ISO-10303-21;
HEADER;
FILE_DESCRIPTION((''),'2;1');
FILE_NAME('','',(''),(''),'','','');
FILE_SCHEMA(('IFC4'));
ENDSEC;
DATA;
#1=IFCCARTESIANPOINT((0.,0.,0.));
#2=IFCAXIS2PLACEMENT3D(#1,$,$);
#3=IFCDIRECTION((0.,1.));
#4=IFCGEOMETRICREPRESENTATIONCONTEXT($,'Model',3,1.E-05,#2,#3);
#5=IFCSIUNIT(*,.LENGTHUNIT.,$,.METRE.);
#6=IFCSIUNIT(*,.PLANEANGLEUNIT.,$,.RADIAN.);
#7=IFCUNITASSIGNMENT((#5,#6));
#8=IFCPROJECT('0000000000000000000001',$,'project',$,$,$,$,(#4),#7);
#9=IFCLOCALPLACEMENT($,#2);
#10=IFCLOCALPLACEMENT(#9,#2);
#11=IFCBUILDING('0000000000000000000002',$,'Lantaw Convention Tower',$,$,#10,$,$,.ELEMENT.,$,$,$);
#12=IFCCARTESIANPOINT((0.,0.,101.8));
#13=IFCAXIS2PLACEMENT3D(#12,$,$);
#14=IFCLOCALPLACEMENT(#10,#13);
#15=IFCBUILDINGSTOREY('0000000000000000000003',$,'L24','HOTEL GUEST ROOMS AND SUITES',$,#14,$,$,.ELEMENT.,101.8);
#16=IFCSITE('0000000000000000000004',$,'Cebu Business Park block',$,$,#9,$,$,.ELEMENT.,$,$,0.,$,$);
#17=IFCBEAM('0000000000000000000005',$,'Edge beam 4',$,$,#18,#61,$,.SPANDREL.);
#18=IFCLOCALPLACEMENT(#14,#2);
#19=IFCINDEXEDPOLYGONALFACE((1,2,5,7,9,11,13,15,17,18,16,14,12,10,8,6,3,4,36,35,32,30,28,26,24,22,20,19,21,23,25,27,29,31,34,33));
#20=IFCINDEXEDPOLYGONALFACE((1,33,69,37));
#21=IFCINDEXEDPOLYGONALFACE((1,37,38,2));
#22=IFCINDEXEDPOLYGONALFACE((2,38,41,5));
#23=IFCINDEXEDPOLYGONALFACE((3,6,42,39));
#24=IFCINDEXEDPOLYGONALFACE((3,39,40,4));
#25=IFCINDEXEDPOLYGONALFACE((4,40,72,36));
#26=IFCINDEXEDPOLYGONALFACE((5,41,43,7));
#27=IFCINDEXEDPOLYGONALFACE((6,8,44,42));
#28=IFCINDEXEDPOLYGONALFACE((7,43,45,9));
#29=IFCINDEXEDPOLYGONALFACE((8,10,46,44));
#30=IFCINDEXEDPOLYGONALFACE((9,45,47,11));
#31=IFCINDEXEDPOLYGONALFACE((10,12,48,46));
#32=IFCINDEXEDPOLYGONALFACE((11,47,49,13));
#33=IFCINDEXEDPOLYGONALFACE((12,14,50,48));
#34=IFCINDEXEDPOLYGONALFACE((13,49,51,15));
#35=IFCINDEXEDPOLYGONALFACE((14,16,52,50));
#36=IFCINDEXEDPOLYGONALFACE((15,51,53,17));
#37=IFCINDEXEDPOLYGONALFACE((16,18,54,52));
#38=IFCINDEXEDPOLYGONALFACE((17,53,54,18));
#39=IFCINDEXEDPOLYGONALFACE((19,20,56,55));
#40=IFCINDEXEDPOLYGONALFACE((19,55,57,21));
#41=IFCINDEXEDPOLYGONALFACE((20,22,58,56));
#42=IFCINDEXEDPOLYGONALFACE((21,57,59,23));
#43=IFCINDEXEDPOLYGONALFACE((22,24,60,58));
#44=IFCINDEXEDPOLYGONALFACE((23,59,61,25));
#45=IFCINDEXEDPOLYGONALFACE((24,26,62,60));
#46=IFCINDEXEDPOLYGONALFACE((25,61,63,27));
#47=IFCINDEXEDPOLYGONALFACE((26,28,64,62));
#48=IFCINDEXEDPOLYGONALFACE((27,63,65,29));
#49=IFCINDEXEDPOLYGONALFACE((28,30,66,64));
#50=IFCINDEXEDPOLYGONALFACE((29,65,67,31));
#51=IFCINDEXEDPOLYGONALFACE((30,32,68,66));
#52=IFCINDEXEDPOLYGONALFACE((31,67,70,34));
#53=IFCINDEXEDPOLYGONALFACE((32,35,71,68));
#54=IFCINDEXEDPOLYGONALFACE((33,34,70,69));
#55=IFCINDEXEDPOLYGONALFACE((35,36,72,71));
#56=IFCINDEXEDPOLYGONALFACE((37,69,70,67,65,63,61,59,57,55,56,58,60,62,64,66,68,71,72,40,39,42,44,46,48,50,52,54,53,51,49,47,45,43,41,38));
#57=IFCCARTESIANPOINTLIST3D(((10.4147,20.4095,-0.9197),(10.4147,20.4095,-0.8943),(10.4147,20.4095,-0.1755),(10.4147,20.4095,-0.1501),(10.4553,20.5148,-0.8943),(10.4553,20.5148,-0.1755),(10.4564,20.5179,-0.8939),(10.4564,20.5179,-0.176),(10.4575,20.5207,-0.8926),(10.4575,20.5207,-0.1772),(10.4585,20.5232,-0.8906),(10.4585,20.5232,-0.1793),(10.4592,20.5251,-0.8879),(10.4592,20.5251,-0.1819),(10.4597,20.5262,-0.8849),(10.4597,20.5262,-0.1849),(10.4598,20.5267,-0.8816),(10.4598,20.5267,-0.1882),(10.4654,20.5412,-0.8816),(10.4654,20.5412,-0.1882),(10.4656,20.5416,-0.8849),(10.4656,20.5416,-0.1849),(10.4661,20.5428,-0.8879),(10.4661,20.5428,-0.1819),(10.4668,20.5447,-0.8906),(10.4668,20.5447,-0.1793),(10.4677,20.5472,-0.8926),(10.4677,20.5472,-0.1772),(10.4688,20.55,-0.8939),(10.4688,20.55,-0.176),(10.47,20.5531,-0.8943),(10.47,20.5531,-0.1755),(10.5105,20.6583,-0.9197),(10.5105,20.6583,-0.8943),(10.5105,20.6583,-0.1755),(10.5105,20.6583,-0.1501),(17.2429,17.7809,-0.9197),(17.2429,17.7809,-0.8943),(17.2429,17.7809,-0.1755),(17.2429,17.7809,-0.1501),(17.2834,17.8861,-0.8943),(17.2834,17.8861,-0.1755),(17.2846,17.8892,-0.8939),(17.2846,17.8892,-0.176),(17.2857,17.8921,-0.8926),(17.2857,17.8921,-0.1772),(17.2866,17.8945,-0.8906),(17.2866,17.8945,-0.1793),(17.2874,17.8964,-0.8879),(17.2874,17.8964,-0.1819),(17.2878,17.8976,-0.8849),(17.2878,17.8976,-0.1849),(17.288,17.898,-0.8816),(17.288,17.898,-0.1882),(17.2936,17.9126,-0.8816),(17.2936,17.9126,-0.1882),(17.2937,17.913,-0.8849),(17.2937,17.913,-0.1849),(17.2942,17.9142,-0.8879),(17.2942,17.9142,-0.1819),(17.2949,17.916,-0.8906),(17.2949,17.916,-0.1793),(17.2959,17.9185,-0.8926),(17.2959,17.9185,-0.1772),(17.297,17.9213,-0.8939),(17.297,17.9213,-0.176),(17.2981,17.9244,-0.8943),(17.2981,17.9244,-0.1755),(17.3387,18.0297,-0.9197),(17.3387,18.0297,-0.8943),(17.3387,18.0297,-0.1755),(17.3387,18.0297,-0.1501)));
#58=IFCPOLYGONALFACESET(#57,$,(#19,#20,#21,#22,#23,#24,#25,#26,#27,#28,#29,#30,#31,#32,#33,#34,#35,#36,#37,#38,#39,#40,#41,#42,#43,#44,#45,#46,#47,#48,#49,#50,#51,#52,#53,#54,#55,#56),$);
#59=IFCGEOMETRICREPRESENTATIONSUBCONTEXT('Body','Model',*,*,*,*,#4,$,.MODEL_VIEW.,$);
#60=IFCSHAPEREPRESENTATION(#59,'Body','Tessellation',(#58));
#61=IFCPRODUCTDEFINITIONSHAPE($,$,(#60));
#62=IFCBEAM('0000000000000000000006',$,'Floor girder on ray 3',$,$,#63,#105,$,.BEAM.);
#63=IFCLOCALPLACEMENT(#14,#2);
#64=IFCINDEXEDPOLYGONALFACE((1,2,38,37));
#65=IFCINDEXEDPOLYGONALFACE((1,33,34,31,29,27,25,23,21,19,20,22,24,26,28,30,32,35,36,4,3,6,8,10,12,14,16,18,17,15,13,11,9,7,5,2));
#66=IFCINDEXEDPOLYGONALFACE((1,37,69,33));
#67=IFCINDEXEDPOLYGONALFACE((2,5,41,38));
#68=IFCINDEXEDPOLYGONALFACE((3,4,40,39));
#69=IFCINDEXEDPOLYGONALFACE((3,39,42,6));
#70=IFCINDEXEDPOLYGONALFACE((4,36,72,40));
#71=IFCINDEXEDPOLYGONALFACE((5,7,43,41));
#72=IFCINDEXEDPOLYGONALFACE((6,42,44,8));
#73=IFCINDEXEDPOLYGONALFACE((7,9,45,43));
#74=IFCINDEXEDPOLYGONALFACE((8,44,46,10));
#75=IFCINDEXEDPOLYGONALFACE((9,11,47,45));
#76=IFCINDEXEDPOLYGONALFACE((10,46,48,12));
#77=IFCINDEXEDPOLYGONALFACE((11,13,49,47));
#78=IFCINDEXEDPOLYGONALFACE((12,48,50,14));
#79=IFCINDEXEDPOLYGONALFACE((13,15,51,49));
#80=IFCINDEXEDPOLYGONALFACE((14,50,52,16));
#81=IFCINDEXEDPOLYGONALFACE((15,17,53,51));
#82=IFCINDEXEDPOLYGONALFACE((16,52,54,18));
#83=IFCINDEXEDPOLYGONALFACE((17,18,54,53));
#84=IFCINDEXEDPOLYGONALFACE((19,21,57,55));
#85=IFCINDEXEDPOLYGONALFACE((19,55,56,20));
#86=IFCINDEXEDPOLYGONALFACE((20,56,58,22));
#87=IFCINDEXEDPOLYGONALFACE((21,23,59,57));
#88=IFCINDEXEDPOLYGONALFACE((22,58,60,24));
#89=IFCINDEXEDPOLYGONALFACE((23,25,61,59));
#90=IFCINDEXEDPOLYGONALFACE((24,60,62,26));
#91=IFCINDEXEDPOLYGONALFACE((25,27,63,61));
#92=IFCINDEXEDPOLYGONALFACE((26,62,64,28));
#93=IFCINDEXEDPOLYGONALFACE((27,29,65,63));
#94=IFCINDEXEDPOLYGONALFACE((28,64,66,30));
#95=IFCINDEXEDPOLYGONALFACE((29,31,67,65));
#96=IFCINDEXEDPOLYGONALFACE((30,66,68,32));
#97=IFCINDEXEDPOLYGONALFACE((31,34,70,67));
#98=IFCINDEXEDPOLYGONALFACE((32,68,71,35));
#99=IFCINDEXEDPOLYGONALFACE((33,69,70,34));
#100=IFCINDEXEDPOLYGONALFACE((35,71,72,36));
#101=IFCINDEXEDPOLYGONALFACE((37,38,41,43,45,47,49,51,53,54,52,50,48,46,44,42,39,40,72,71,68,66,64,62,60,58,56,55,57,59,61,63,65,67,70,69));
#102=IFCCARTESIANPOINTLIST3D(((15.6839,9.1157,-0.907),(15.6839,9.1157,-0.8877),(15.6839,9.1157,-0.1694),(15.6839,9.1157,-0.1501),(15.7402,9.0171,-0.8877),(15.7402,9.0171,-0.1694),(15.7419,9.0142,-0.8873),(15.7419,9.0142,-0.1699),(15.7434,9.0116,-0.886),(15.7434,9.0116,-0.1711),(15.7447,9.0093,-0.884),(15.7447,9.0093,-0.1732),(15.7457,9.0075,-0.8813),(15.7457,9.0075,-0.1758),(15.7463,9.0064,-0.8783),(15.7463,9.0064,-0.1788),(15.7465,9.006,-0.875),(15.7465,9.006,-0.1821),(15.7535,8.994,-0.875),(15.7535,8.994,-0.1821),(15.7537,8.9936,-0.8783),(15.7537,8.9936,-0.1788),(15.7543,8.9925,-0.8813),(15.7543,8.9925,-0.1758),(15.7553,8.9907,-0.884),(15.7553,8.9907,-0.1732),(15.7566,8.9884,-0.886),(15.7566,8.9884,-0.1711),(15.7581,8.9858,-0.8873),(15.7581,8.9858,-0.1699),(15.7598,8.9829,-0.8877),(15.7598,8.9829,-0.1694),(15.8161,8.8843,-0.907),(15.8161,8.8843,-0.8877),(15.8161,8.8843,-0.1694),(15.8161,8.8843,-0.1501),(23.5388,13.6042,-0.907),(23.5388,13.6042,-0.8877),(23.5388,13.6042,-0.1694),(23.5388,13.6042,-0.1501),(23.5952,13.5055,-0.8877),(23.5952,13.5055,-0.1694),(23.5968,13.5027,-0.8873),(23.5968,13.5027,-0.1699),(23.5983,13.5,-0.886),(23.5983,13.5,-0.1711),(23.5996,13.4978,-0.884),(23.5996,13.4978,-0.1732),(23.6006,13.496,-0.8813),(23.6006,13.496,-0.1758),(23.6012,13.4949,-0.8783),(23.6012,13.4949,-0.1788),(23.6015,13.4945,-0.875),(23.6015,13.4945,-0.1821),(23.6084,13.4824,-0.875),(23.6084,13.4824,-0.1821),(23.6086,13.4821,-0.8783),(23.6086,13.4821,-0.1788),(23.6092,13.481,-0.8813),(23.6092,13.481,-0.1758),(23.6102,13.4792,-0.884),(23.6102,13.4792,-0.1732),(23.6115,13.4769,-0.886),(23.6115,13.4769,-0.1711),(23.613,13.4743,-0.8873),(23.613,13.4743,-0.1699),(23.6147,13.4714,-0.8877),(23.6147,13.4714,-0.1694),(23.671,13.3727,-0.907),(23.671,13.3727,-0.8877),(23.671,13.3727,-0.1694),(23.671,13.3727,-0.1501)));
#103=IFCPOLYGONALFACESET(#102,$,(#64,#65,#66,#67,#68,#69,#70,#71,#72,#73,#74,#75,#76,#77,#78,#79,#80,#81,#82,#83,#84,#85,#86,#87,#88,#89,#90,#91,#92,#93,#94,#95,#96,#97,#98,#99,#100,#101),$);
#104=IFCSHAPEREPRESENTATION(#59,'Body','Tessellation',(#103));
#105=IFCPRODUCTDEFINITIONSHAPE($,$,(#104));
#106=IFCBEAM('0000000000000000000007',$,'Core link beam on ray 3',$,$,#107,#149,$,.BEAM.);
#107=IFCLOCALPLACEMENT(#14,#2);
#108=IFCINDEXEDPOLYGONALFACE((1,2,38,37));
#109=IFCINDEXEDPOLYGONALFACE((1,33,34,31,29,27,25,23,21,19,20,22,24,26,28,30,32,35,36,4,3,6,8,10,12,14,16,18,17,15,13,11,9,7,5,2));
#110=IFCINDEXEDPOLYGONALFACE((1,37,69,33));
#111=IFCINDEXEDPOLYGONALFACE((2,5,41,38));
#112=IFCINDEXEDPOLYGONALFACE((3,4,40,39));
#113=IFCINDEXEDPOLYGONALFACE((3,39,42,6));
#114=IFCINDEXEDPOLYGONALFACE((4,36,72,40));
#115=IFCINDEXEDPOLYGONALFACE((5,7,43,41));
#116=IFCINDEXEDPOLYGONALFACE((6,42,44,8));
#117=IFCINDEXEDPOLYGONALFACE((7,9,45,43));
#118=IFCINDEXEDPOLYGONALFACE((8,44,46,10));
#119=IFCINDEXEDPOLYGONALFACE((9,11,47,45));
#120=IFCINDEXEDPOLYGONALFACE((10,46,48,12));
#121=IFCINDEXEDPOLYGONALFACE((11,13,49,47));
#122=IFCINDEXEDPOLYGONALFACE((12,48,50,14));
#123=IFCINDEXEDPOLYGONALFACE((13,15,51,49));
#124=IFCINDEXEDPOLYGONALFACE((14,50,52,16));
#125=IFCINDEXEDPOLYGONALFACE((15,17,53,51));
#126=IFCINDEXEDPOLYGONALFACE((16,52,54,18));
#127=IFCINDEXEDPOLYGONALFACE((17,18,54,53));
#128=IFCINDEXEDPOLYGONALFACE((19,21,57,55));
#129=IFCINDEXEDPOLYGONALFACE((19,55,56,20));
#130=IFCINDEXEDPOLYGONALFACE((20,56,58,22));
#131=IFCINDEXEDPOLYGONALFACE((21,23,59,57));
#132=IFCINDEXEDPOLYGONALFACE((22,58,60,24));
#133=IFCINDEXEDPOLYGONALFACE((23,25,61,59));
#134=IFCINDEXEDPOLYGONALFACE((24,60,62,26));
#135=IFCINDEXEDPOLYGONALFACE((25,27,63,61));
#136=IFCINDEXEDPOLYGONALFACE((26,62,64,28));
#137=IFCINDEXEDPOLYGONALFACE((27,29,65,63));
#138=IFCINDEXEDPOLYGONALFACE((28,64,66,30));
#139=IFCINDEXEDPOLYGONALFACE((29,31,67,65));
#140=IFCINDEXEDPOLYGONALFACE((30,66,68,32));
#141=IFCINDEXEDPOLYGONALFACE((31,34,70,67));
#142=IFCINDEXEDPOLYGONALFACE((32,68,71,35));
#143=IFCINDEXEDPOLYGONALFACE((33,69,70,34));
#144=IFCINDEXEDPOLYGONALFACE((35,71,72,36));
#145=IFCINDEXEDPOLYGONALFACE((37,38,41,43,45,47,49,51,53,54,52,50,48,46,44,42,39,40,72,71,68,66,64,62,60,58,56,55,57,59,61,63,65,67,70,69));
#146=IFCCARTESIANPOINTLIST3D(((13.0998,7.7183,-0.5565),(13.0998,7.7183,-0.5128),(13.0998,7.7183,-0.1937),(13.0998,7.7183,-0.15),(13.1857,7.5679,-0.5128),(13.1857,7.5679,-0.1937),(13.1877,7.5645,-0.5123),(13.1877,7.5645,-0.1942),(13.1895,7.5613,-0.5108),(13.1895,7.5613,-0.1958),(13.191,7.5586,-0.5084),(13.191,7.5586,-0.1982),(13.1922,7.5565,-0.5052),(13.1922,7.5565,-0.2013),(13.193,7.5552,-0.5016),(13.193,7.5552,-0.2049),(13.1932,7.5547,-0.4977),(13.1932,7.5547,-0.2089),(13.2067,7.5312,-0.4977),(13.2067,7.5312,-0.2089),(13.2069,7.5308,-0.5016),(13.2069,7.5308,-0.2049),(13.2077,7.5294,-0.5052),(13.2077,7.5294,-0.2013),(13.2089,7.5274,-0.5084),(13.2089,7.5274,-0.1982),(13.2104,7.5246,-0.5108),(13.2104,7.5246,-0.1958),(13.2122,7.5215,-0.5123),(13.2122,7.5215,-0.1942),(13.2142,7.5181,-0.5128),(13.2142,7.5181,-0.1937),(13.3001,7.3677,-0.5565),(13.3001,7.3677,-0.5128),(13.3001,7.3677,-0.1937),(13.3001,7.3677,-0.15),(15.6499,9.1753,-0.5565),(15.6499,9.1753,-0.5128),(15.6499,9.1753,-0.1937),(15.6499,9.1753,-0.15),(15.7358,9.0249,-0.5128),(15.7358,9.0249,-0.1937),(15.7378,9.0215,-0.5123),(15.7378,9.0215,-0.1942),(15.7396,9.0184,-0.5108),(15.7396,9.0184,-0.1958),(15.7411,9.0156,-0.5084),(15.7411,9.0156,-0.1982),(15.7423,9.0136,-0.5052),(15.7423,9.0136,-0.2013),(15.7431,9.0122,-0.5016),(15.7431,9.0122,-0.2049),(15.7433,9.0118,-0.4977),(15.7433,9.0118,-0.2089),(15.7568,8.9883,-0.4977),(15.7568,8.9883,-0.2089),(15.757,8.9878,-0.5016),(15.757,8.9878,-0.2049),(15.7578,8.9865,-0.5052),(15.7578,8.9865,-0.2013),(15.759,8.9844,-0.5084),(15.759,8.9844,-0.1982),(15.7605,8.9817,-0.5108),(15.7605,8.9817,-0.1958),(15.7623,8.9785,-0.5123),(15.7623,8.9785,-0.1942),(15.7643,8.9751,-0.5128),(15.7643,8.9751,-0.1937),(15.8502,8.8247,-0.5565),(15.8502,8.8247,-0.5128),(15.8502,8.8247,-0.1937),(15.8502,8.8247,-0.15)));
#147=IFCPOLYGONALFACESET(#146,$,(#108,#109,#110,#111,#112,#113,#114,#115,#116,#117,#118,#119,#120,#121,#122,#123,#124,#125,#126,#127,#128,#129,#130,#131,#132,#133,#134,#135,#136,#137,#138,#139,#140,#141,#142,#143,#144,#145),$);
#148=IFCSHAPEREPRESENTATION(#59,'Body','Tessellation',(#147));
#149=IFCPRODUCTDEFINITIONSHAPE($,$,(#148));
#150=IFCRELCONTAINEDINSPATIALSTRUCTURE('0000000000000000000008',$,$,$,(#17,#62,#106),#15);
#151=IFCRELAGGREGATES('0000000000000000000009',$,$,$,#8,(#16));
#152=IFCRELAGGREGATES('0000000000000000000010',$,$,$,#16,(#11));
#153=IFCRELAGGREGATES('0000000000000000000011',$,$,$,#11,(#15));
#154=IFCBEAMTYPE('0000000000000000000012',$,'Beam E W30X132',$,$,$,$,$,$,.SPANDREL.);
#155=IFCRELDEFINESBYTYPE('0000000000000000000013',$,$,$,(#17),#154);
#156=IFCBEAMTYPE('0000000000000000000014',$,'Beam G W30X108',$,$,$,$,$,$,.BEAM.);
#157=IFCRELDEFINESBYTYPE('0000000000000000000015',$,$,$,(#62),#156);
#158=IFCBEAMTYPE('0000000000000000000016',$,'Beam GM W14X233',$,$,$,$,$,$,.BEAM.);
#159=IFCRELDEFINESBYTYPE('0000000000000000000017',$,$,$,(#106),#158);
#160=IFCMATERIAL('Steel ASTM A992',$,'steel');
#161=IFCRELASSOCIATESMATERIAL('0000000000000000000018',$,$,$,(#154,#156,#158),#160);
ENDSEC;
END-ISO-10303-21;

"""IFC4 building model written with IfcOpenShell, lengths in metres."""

from ifc_helpers import new_model, si_unit, direction, frame, origin, origin_2d, place, context, subcontext, project, spatial, i_section, extrude, material, material_profile, profile_set, type_object, element, save


model = new_model("IFC4")

# Units and contexts
model_context = context("Model", 3, precision=1e-05, world=origin(), true_north=direction((0.0, 1.0)))
body_context = subcontext(model_context, "Body", "Model", "MODEL_VIEW")
ifc_project = project(units=[si_unit("LENGTHUNIT", "METRE"), si_unit("PLANEANGLEUNIT", "RADIAN")], contexts=[model_context])

# Site, building, storey
site_placement = place(None, origin())
site = spatial("IfcSite", under=ifc_project, at=site_placement, Name="Cebu Business Park block", CompositionType="ELEMENT", RefElevation=0.0)
building_placement = place(site_placement, origin())
building = spatial("IfcBuilding", under=site, at=building_placement, Name="Lantaw Convention Tower", CompositionType="ELEMENT")
storey_placement = place(building_placement, frame((0.0, 0.0, 101.8)))
storey = spatial("IfcBuildingStorey", under=building, at=storey_placement, Name="L24", Description="HOTEL GUEST ROOMS AND SUITES", CompositionType="ELEMENT", Elevation=101.8)

# Beams
ifc_material_1 = material(Name="Steel ASTM A992", Category="steel")
ifc_material_profile_1 = material_profile(ifc_material_1, i_section(OverallWidth=0.2666, OverallDepth=0.7695, WebThickness=0.0156, FlangeThickness=0.0254, FilletRadius=0.0127, at=origin_2d()), Name="W30X132")
ifc_profile_set_1 = profile_set([ifc_material_profile_1], Name="Steel ASTM A992")
beam_type_1 = type_object("IfcBeamType", Name="Beam E W30X132", PredefinedType="SPANDREL", material=ifc_profile_set_1)
beam_1_placement = place(storey_placement, frame((17.2908, 17.9053, -0.5349), z_axis=(-0.933233, 0.359272, 0.0), x_axis=(-0.359272, -0.933233, 0.0)))
element("IfcBeam", 1, at=beam_1_placement, inside=storey, type_object=beam_type_1, Name="Edge beam 4", PredefinedType="SPANDREL", context=body_context, shape_type="SweptSolid", body=[
    extrude(i_section(OverallWidth=0.2666, OverallDepth=0.7695, WebThickness=0.0156, FlangeThickness=0.0254, FilletRadius=0.0127, at=origin_2d()), origin(), (0.0, 0.0, 1.0), 7.3167),
])
ifc_material_profile_2 = material_profile(ifc_material_1, i_section(OverallWidth=0.2666, OverallDepth=0.7568, WebThickness=0.0139, FlangeThickness=0.0193, FilletRadius=0.0127, at=origin_2d()), Name="W30X108")
ifc_profile_set_2 = profile_set([ifc_material_profile_2], Name="Steel ASTM A992")
beam_type_2 = type_object("IfcBeamType", Name="Beam G W30X108", PredefinedType="BEAM", material=ifc_profile_set_2)
beam_2_placement = place(storey_placement, frame((15.75, 9.0, -0.5286), z_axis=(0.868245, 0.496136, 0.0), x_axis=(-0.496136, 0.868245, 0.0)))
element("IfcBeam", 2, at=beam_2_placement, inside=storey, type_object=beam_type_2, Name="Floor girder on ray 3", PredefinedType="BEAM", context=body_context, shape_type="SweptSolid", body=[
    extrude(i_section(OverallWidth=0.2666, OverallDepth=0.7568, WebThickness=0.0139, FlangeThickness=0.0193, FilletRadius=0.0127, at=origin_2d()), origin(), (0.0, 0.0, 1.0), 9.0469),
])
ifc_material_profile_3 = material_profile(ifc_material_1, i_section(OverallWidth=0.4038, OverallDepth=0.4065, WebThickness=0.0271, FlangeThickness=0.0437, FilletRadius=0.0151, at=origin_2d()), Name="W14X233")
ifc_profile_set_3 = profile_set([ifc_material_profile_3], Name="Steel ASTM A992")
beam_type_3 = type_object("IfcBeamType", Name="Beam GM W14X233", PredefinedType="BEAM", material=ifc_profile_set_3)
beam_3_placement = place(storey_placement, frame((13.2, 7.543, -0.3533), z_axis=(0.868264, 0.496103, 0.0), x_axis=(-0.496103, 0.868264, 0.0)))
element("IfcBeam", 3, at=beam_3_placement, inside=storey, type_object=beam_type_3, Name="Core link beam on ray 3", PredefinedType="BEAM", context=body_context, shape_type="SweptSolid", body=[
    extrude(i_section(OverallWidth=0.4038, OverallDepth=0.4065, WebThickness=0.0271, FlangeThickness=0.0437, FilletRadius=0.0151, at=origin_2d()), origin(), (0.0, 0.0, 1.0), 2.937),
])

save(model, "model.ifc")
